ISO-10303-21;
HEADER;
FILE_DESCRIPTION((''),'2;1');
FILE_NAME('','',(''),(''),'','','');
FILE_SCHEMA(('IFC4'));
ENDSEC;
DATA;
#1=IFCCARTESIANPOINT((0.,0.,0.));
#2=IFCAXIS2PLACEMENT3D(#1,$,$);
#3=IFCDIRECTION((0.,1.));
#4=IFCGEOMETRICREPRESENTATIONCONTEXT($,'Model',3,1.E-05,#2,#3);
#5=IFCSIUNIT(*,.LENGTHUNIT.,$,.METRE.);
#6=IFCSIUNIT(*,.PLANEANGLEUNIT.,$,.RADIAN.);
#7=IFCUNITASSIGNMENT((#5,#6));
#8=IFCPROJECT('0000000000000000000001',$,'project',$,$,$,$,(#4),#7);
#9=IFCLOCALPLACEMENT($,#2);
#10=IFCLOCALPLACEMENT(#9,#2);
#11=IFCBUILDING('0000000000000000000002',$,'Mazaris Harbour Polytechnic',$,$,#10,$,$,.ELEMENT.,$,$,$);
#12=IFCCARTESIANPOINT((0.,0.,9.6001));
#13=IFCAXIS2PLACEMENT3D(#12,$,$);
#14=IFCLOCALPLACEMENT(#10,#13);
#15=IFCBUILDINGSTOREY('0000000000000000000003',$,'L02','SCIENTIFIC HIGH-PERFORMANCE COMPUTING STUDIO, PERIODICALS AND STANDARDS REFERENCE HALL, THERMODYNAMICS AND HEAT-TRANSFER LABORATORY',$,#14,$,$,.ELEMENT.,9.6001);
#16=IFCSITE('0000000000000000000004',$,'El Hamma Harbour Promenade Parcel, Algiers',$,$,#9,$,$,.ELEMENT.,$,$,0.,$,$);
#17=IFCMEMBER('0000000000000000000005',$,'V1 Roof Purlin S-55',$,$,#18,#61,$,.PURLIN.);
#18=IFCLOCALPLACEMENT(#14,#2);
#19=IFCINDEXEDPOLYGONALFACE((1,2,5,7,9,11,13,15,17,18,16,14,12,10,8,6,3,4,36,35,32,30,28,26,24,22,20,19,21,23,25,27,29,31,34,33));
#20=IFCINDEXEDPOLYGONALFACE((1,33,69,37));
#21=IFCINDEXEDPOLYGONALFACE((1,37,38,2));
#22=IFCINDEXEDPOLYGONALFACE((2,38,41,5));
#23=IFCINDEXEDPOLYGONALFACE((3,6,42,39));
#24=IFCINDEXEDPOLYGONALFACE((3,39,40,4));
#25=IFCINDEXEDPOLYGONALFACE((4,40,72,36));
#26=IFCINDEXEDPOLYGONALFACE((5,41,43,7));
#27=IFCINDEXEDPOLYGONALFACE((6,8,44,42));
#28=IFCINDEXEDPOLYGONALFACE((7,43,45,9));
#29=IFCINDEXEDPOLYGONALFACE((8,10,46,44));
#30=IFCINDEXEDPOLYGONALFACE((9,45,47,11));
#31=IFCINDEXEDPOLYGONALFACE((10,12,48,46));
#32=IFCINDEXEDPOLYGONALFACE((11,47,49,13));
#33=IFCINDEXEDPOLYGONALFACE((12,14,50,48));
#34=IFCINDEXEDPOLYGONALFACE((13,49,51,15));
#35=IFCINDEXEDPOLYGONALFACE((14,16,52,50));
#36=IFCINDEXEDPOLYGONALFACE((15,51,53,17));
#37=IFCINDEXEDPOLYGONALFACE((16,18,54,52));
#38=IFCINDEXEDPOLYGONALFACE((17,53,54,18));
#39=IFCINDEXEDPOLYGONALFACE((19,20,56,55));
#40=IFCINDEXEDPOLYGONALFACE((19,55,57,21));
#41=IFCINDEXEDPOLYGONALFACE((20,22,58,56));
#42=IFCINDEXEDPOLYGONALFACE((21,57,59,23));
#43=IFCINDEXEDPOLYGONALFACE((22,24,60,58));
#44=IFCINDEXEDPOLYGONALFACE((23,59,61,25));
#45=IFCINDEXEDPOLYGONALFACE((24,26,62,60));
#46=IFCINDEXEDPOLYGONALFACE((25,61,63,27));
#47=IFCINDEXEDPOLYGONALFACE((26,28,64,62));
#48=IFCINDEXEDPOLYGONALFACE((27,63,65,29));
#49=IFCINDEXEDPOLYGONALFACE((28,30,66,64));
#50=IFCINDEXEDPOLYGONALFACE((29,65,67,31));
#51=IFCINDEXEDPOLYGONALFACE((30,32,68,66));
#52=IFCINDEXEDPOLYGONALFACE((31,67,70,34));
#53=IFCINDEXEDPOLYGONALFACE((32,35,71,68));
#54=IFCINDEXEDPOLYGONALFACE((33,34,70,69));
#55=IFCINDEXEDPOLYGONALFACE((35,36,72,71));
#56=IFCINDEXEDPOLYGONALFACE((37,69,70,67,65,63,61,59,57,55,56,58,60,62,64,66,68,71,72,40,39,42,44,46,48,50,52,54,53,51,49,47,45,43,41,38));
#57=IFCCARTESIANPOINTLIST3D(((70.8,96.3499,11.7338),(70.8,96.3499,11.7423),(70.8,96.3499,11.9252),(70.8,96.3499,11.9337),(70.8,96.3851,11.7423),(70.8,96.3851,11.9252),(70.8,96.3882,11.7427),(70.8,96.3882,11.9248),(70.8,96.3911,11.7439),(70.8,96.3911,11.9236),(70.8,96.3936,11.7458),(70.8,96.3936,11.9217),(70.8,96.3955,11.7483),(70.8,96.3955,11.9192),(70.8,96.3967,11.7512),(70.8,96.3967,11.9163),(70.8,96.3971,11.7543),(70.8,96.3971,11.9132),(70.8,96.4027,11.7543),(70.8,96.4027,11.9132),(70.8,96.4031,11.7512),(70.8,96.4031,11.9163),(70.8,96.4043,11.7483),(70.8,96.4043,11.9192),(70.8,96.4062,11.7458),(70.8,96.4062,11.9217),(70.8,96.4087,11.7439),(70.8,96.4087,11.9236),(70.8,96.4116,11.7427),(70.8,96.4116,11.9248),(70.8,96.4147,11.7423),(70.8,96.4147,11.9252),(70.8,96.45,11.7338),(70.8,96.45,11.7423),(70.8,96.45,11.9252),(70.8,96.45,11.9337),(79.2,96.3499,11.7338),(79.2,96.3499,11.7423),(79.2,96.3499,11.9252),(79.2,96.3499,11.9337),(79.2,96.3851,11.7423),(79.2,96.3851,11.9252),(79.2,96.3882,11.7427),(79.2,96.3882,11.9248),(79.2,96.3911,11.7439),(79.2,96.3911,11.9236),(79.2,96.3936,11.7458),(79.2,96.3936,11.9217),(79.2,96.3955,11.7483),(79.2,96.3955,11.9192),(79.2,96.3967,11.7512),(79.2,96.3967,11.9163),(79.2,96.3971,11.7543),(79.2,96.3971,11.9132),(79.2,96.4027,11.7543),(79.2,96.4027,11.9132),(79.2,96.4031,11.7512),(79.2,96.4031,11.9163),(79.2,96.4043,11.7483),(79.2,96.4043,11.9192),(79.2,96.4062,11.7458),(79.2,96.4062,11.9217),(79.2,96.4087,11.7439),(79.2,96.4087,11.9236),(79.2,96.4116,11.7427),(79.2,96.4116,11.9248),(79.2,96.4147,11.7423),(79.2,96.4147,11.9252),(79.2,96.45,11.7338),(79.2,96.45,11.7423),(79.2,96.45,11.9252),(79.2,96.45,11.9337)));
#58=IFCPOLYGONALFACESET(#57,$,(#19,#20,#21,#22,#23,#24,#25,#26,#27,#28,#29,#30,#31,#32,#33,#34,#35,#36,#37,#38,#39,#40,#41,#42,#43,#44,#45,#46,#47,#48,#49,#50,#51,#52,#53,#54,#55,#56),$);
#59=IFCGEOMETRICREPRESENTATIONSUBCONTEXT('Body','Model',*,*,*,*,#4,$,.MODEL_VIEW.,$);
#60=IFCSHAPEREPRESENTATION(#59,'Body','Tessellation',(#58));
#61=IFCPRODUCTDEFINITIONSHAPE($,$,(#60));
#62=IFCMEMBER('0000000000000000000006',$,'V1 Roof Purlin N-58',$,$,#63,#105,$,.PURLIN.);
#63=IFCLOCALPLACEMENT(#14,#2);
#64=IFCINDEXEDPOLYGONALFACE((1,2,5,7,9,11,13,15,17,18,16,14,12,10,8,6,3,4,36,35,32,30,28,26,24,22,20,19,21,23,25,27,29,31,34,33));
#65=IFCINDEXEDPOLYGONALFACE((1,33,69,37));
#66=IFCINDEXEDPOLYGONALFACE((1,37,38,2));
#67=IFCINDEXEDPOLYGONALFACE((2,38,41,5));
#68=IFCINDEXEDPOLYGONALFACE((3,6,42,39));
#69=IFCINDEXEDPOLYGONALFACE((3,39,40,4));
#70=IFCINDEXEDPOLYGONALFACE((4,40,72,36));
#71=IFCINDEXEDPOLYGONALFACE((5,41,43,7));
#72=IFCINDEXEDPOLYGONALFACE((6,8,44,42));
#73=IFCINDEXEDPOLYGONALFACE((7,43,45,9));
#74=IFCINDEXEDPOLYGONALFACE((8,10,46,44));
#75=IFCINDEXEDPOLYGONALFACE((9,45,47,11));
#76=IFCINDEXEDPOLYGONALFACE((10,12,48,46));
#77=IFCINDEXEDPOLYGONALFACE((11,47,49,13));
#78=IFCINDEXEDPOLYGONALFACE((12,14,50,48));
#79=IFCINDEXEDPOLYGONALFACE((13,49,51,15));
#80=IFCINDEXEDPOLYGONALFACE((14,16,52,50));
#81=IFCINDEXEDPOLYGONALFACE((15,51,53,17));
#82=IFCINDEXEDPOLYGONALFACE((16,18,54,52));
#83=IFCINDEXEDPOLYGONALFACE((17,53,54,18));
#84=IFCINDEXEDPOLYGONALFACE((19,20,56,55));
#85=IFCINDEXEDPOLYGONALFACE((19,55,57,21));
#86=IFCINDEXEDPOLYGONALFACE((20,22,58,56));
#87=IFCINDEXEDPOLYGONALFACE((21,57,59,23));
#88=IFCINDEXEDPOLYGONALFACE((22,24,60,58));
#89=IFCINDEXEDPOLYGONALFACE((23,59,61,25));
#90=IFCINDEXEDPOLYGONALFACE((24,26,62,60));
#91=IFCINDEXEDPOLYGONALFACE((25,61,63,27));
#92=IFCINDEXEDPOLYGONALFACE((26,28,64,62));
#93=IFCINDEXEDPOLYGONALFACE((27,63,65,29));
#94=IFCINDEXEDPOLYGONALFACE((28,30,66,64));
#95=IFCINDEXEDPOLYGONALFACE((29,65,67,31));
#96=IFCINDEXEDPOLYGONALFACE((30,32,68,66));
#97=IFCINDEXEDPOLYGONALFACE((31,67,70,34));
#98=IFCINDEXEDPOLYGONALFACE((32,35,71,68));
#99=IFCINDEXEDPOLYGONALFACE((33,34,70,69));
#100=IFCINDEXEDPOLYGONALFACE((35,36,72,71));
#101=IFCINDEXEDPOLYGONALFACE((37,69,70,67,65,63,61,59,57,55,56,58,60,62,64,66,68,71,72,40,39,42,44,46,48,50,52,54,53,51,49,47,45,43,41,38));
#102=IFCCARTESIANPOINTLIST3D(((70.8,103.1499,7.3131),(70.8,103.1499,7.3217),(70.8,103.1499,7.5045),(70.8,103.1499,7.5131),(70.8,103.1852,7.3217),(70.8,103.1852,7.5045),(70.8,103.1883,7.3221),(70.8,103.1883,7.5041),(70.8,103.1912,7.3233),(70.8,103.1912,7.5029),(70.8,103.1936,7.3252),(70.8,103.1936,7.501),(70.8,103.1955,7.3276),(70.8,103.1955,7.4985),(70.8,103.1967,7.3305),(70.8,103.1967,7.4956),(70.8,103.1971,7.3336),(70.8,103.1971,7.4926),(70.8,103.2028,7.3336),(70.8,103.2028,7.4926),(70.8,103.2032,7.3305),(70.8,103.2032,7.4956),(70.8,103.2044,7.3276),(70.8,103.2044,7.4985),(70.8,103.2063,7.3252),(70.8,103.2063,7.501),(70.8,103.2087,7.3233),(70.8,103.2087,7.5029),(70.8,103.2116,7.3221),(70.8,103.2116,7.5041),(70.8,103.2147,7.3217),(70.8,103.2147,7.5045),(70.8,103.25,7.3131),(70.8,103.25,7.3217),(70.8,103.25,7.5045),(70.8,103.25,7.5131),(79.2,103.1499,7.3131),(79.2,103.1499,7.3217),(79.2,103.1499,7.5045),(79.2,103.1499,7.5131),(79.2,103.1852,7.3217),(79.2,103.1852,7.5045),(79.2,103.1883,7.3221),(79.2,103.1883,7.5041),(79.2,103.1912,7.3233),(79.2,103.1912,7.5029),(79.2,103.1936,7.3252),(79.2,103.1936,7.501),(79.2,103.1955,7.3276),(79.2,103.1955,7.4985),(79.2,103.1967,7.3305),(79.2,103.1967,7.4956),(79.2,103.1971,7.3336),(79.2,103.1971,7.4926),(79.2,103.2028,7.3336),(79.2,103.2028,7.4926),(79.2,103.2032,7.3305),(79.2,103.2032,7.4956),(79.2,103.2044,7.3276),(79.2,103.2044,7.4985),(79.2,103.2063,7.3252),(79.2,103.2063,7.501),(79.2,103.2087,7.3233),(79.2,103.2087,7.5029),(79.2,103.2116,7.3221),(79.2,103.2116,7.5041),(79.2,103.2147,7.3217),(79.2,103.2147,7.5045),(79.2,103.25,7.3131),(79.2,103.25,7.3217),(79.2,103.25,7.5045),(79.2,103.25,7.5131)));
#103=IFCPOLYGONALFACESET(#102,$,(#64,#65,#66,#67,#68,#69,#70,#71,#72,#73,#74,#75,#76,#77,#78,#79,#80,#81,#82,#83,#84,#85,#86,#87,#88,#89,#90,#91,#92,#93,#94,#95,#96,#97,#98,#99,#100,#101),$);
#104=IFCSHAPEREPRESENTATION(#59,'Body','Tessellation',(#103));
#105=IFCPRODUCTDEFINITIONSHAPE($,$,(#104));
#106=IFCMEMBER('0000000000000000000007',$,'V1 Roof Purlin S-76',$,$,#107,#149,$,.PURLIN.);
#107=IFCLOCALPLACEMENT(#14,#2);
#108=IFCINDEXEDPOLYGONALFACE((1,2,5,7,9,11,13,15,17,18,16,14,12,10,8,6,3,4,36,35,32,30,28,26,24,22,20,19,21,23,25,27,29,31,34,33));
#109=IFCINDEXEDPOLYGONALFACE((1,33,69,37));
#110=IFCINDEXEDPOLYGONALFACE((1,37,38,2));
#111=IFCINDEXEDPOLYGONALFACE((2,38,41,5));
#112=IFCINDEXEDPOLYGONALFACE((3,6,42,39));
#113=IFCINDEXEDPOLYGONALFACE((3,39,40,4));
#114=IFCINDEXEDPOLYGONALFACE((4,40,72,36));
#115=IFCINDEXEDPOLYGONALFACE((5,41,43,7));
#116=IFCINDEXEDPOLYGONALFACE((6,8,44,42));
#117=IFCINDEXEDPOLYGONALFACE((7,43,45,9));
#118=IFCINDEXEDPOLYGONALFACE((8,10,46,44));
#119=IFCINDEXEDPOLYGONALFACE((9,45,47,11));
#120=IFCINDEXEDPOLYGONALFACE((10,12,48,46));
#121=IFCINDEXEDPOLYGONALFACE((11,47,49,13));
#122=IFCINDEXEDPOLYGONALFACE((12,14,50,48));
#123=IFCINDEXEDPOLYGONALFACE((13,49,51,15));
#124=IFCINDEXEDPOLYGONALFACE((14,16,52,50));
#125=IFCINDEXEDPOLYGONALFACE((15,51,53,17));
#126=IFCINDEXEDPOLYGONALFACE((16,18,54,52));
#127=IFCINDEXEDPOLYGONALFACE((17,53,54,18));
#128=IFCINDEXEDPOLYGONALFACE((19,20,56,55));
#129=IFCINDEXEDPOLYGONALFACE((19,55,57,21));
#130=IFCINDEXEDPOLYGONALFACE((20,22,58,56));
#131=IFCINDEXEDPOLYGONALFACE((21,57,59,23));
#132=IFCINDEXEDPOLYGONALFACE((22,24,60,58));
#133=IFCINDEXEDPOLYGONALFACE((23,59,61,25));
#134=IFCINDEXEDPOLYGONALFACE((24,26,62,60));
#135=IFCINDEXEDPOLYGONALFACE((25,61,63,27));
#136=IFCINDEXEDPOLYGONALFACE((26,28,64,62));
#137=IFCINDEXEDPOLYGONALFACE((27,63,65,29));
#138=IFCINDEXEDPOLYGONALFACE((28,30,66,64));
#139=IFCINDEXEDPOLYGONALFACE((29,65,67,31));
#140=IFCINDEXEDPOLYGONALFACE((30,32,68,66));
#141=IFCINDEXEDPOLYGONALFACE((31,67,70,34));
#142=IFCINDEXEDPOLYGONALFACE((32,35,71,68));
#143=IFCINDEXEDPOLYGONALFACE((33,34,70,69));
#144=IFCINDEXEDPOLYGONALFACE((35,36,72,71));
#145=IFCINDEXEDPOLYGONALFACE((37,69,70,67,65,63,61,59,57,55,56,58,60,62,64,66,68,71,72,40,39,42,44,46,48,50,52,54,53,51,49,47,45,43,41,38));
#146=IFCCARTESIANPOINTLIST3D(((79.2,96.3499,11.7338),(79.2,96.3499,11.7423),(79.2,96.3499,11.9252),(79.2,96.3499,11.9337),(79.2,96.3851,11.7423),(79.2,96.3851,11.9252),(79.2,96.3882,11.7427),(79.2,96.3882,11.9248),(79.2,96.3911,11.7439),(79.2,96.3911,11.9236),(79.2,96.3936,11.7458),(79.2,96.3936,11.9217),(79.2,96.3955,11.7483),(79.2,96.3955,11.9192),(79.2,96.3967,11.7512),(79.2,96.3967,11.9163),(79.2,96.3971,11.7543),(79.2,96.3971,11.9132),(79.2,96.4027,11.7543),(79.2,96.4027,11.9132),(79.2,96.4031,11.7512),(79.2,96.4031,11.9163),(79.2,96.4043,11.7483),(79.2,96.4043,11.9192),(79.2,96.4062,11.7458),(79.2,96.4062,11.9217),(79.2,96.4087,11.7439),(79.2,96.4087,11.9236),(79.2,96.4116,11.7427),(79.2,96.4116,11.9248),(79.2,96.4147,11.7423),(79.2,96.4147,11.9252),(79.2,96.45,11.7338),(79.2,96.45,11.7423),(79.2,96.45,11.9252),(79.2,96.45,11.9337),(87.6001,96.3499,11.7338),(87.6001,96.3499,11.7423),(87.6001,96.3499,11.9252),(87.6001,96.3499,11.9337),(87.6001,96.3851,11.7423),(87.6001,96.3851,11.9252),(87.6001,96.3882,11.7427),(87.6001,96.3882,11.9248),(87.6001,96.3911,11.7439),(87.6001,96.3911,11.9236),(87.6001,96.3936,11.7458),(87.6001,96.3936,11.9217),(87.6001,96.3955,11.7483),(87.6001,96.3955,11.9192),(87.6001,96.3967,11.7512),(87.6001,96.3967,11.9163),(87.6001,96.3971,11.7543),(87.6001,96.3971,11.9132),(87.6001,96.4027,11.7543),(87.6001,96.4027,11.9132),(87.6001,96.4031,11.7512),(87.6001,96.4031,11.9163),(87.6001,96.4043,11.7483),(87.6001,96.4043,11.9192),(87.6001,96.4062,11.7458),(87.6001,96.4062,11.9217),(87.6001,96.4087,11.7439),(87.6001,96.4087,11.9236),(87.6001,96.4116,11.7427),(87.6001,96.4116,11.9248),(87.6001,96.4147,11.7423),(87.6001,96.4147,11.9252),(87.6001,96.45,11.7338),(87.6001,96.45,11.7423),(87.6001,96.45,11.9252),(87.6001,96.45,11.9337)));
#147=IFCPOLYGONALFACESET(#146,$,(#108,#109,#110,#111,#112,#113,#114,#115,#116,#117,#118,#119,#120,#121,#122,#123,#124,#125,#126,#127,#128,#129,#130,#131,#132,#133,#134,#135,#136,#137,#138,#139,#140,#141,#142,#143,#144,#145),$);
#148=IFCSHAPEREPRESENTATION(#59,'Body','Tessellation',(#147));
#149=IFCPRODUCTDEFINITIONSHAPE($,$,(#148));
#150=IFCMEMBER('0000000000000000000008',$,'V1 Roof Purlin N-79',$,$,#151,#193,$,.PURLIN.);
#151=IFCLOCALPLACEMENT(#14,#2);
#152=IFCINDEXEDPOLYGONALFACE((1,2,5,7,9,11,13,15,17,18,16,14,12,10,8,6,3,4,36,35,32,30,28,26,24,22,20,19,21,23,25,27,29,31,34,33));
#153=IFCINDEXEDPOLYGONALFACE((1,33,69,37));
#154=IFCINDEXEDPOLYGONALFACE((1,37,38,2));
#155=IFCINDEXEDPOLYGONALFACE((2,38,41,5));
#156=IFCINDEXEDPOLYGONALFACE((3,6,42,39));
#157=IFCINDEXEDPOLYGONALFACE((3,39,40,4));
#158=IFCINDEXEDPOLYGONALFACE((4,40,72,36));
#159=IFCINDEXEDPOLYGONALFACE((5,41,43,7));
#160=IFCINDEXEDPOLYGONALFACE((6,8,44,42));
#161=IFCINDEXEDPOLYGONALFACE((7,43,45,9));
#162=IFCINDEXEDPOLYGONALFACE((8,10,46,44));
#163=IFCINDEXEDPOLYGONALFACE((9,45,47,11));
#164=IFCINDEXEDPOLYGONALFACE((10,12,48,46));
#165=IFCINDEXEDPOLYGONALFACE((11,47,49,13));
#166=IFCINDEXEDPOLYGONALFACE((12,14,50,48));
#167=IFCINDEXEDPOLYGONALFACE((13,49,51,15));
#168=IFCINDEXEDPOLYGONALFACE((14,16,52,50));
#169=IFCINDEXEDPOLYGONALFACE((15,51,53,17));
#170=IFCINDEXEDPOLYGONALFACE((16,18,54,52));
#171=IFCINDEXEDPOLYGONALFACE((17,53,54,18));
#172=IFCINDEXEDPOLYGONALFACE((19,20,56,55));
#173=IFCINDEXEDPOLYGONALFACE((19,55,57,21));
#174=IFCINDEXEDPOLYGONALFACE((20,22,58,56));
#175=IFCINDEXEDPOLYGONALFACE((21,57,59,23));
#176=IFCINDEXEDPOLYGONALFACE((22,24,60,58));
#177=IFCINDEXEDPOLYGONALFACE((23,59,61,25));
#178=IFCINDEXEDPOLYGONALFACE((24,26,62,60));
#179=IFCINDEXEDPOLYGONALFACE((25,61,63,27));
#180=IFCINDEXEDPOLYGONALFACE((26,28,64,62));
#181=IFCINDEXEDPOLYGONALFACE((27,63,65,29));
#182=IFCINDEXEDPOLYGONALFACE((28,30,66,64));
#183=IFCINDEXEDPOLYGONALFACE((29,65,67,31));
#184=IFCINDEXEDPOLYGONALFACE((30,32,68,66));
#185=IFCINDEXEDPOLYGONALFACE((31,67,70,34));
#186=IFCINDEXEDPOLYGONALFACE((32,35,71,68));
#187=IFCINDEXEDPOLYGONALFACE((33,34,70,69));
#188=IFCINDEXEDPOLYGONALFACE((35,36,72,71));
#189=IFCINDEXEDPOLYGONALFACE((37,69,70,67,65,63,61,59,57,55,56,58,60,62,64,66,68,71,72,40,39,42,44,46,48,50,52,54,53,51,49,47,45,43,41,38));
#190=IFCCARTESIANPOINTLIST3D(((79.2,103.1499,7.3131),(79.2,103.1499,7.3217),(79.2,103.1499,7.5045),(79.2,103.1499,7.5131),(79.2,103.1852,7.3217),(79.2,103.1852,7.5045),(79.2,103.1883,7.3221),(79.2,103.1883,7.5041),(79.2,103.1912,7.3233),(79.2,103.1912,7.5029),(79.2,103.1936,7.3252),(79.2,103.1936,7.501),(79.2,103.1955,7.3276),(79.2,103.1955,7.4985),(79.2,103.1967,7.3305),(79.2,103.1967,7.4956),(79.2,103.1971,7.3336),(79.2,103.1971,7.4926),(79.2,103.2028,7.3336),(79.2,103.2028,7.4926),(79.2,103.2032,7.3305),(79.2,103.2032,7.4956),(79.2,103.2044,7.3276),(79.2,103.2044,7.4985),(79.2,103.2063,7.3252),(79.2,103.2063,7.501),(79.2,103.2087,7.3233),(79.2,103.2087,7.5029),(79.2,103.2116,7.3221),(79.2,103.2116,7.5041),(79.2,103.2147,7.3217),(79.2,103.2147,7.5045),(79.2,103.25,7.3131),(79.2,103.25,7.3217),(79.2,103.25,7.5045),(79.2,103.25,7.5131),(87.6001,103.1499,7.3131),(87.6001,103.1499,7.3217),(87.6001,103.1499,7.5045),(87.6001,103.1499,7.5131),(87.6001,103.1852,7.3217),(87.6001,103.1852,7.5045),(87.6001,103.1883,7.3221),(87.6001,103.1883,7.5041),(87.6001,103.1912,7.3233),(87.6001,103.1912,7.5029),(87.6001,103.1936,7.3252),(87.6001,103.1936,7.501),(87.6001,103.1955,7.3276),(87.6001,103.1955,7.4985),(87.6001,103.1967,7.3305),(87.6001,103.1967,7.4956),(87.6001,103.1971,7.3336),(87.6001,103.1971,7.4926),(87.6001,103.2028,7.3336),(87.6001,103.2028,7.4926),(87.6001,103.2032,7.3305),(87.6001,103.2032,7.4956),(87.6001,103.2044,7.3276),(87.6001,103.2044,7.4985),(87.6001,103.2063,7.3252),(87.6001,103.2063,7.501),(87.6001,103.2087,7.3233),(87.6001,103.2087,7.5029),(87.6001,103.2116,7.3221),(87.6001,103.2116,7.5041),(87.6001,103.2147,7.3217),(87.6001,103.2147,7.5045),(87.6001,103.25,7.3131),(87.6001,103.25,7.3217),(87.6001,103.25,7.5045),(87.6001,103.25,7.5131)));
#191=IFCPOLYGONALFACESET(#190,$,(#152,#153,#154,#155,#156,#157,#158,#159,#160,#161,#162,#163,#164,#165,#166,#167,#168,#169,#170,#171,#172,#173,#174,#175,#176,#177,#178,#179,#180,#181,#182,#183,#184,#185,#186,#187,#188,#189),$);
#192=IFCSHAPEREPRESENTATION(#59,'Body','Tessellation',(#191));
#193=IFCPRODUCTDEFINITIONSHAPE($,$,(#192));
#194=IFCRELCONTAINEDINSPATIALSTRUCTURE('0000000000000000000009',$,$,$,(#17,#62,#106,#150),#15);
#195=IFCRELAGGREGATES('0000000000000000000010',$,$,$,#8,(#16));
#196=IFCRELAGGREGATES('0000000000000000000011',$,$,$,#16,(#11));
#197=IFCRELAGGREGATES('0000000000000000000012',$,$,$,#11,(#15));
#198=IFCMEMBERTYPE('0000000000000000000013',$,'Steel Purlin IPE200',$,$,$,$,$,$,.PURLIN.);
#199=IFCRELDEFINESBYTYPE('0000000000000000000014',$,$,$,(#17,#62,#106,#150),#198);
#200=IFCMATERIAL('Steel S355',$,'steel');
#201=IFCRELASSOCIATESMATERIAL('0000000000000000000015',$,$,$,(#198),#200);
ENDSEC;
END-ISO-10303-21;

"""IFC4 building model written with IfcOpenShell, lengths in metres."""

from ifc_helpers import new_model, si_unit, direction, frame, origin, origin_2d, place, context, subcontext, project, spatial, i_section, extrude, material, material_profile, profile_set, type_object, element, save


model = new_model("IFC4")

# Units and contexts
model_context = context("Model", 3, precision=1e-05, world=origin(), true_north=direction((0.0, 1.0)))
body_context = subcontext(model_context, "Body", "Model", "MODEL_VIEW")
ifc_project = project(units=[si_unit("LENGTHUNIT", "METRE"), si_unit("PLANEANGLEUNIT", "RADIAN")], contexts=[model_context])

# Site, building, storey
site_placement = place(None, origin())
site = spatial("IfcSite", under=ifc_project, at=site_placement, Name="El Hamma Harbour Promenade Parcel, Algiers", CompositionType="ELEMENT", RefElevation=0.0)
building_placement = place(site_placement, origin())
building = spatial("IfcBuilding", under=site, at=building_placement, Name="Mazaris Harbour Polytechnic", CompositionType="ELEMENT")
storey_placement = place(building_placement, frame((0.0, 0.0, 9.6001)))
storey = spatial("IfcBuildingStorey", under=building, at=storey_placement, Name="L02", Description="SCIENTIFIC HIGH-PERFORMANCE COMPUTING STUDIO, PERIODICALS AND STANDARDS REFERENCE HALL, THERMODYNAMICS AND HEAT-TRANSFER LABORATORY", CompositionType="ELEMENT", Elevation=9.6001)

# Members
ifc_material_1 = material(Name="Steel S355", Category="steel")
ifc_material_profile_1 = material_profile(ifc_material_1, i_section(OverallWidth=0.1001, OverallDepth=0.2, WebThickness=0.0056, FlangeThickness=0.0085, FilletRadius=0.012, at=origin_2d()), Name="IPE 200")
ifc_profile_set_1 = profile_set([ifc_material_profile_1], Name="Steel S355")
member_type_1 = type_object("IfcMemberType", Name="Steel Purlin IPE200", PredefinedType="PURLIN", material=ifc_profile_set_1)
for number, where, z_axis, x_axis, name in (
    (1, (70.8, 96.3999, 11.8337), (1.0, 0.0, 0.0), (0.0, 1.0, 0.0), "V1 Roof Purlin S-55"),
    (2, (70.8, 103.2, 7.4131), (1.0, 0.0, 0.0), (0.0, 1.0, 0.0), "V1 Roof Purlin N-58"),
):
    element("IfcMember", number, at=place(storey_placement, frame(where, z_axis=z_axis, x_axis=x_axis)), inside=storey, type_object=member_type_1, Name=name, PredefinedType="PURLIN", context=body_context, shape_type="SweptSolid", body=[
        extrude(i_section(OverallWidth=0.1001, OverallDepth=0.2, WebThickness=0.0056, FlangeThickness=0.0085, FilletRadius=0.012, at=origin_2d()), origin(), (0.0, 0.0, 1.0), 8.3999),
    ])
for number, where, z_axis, x_axis, name in (
    (3, (79.2, 96.3999, 11.8337), (1.0, 0.0, 0.0), (0.0, 1.0, 0.0), "V1 Roof Purlin S-76"),
    (4, (79.2, 103.2, 7.4131), (1.0, 0.0, 0.0), (0.0, 1.0, 0.0), "V1 Roof Purlin N-79"),
):
    element("IfcMember", number, at=place(storey_placement, frame(where, z_axis=z_axis, x_axis=x_axis)), inside=storey, type_object=member_type_1, Name=name, PredefinedType="PURLIN", context=body_context, shape_type="SweptSolid", body=[
        extrude(i_section(OverallWidth=0.1001, OverallDepth=0.2, WebThickness=0.0056, FlangeThickness=0.0085, FilletRadius=0.012, at=origin_2d()), origin(), (0.0, 0.0, 1.0), 8.4001),
    ])

save(model, "model.ifc")
